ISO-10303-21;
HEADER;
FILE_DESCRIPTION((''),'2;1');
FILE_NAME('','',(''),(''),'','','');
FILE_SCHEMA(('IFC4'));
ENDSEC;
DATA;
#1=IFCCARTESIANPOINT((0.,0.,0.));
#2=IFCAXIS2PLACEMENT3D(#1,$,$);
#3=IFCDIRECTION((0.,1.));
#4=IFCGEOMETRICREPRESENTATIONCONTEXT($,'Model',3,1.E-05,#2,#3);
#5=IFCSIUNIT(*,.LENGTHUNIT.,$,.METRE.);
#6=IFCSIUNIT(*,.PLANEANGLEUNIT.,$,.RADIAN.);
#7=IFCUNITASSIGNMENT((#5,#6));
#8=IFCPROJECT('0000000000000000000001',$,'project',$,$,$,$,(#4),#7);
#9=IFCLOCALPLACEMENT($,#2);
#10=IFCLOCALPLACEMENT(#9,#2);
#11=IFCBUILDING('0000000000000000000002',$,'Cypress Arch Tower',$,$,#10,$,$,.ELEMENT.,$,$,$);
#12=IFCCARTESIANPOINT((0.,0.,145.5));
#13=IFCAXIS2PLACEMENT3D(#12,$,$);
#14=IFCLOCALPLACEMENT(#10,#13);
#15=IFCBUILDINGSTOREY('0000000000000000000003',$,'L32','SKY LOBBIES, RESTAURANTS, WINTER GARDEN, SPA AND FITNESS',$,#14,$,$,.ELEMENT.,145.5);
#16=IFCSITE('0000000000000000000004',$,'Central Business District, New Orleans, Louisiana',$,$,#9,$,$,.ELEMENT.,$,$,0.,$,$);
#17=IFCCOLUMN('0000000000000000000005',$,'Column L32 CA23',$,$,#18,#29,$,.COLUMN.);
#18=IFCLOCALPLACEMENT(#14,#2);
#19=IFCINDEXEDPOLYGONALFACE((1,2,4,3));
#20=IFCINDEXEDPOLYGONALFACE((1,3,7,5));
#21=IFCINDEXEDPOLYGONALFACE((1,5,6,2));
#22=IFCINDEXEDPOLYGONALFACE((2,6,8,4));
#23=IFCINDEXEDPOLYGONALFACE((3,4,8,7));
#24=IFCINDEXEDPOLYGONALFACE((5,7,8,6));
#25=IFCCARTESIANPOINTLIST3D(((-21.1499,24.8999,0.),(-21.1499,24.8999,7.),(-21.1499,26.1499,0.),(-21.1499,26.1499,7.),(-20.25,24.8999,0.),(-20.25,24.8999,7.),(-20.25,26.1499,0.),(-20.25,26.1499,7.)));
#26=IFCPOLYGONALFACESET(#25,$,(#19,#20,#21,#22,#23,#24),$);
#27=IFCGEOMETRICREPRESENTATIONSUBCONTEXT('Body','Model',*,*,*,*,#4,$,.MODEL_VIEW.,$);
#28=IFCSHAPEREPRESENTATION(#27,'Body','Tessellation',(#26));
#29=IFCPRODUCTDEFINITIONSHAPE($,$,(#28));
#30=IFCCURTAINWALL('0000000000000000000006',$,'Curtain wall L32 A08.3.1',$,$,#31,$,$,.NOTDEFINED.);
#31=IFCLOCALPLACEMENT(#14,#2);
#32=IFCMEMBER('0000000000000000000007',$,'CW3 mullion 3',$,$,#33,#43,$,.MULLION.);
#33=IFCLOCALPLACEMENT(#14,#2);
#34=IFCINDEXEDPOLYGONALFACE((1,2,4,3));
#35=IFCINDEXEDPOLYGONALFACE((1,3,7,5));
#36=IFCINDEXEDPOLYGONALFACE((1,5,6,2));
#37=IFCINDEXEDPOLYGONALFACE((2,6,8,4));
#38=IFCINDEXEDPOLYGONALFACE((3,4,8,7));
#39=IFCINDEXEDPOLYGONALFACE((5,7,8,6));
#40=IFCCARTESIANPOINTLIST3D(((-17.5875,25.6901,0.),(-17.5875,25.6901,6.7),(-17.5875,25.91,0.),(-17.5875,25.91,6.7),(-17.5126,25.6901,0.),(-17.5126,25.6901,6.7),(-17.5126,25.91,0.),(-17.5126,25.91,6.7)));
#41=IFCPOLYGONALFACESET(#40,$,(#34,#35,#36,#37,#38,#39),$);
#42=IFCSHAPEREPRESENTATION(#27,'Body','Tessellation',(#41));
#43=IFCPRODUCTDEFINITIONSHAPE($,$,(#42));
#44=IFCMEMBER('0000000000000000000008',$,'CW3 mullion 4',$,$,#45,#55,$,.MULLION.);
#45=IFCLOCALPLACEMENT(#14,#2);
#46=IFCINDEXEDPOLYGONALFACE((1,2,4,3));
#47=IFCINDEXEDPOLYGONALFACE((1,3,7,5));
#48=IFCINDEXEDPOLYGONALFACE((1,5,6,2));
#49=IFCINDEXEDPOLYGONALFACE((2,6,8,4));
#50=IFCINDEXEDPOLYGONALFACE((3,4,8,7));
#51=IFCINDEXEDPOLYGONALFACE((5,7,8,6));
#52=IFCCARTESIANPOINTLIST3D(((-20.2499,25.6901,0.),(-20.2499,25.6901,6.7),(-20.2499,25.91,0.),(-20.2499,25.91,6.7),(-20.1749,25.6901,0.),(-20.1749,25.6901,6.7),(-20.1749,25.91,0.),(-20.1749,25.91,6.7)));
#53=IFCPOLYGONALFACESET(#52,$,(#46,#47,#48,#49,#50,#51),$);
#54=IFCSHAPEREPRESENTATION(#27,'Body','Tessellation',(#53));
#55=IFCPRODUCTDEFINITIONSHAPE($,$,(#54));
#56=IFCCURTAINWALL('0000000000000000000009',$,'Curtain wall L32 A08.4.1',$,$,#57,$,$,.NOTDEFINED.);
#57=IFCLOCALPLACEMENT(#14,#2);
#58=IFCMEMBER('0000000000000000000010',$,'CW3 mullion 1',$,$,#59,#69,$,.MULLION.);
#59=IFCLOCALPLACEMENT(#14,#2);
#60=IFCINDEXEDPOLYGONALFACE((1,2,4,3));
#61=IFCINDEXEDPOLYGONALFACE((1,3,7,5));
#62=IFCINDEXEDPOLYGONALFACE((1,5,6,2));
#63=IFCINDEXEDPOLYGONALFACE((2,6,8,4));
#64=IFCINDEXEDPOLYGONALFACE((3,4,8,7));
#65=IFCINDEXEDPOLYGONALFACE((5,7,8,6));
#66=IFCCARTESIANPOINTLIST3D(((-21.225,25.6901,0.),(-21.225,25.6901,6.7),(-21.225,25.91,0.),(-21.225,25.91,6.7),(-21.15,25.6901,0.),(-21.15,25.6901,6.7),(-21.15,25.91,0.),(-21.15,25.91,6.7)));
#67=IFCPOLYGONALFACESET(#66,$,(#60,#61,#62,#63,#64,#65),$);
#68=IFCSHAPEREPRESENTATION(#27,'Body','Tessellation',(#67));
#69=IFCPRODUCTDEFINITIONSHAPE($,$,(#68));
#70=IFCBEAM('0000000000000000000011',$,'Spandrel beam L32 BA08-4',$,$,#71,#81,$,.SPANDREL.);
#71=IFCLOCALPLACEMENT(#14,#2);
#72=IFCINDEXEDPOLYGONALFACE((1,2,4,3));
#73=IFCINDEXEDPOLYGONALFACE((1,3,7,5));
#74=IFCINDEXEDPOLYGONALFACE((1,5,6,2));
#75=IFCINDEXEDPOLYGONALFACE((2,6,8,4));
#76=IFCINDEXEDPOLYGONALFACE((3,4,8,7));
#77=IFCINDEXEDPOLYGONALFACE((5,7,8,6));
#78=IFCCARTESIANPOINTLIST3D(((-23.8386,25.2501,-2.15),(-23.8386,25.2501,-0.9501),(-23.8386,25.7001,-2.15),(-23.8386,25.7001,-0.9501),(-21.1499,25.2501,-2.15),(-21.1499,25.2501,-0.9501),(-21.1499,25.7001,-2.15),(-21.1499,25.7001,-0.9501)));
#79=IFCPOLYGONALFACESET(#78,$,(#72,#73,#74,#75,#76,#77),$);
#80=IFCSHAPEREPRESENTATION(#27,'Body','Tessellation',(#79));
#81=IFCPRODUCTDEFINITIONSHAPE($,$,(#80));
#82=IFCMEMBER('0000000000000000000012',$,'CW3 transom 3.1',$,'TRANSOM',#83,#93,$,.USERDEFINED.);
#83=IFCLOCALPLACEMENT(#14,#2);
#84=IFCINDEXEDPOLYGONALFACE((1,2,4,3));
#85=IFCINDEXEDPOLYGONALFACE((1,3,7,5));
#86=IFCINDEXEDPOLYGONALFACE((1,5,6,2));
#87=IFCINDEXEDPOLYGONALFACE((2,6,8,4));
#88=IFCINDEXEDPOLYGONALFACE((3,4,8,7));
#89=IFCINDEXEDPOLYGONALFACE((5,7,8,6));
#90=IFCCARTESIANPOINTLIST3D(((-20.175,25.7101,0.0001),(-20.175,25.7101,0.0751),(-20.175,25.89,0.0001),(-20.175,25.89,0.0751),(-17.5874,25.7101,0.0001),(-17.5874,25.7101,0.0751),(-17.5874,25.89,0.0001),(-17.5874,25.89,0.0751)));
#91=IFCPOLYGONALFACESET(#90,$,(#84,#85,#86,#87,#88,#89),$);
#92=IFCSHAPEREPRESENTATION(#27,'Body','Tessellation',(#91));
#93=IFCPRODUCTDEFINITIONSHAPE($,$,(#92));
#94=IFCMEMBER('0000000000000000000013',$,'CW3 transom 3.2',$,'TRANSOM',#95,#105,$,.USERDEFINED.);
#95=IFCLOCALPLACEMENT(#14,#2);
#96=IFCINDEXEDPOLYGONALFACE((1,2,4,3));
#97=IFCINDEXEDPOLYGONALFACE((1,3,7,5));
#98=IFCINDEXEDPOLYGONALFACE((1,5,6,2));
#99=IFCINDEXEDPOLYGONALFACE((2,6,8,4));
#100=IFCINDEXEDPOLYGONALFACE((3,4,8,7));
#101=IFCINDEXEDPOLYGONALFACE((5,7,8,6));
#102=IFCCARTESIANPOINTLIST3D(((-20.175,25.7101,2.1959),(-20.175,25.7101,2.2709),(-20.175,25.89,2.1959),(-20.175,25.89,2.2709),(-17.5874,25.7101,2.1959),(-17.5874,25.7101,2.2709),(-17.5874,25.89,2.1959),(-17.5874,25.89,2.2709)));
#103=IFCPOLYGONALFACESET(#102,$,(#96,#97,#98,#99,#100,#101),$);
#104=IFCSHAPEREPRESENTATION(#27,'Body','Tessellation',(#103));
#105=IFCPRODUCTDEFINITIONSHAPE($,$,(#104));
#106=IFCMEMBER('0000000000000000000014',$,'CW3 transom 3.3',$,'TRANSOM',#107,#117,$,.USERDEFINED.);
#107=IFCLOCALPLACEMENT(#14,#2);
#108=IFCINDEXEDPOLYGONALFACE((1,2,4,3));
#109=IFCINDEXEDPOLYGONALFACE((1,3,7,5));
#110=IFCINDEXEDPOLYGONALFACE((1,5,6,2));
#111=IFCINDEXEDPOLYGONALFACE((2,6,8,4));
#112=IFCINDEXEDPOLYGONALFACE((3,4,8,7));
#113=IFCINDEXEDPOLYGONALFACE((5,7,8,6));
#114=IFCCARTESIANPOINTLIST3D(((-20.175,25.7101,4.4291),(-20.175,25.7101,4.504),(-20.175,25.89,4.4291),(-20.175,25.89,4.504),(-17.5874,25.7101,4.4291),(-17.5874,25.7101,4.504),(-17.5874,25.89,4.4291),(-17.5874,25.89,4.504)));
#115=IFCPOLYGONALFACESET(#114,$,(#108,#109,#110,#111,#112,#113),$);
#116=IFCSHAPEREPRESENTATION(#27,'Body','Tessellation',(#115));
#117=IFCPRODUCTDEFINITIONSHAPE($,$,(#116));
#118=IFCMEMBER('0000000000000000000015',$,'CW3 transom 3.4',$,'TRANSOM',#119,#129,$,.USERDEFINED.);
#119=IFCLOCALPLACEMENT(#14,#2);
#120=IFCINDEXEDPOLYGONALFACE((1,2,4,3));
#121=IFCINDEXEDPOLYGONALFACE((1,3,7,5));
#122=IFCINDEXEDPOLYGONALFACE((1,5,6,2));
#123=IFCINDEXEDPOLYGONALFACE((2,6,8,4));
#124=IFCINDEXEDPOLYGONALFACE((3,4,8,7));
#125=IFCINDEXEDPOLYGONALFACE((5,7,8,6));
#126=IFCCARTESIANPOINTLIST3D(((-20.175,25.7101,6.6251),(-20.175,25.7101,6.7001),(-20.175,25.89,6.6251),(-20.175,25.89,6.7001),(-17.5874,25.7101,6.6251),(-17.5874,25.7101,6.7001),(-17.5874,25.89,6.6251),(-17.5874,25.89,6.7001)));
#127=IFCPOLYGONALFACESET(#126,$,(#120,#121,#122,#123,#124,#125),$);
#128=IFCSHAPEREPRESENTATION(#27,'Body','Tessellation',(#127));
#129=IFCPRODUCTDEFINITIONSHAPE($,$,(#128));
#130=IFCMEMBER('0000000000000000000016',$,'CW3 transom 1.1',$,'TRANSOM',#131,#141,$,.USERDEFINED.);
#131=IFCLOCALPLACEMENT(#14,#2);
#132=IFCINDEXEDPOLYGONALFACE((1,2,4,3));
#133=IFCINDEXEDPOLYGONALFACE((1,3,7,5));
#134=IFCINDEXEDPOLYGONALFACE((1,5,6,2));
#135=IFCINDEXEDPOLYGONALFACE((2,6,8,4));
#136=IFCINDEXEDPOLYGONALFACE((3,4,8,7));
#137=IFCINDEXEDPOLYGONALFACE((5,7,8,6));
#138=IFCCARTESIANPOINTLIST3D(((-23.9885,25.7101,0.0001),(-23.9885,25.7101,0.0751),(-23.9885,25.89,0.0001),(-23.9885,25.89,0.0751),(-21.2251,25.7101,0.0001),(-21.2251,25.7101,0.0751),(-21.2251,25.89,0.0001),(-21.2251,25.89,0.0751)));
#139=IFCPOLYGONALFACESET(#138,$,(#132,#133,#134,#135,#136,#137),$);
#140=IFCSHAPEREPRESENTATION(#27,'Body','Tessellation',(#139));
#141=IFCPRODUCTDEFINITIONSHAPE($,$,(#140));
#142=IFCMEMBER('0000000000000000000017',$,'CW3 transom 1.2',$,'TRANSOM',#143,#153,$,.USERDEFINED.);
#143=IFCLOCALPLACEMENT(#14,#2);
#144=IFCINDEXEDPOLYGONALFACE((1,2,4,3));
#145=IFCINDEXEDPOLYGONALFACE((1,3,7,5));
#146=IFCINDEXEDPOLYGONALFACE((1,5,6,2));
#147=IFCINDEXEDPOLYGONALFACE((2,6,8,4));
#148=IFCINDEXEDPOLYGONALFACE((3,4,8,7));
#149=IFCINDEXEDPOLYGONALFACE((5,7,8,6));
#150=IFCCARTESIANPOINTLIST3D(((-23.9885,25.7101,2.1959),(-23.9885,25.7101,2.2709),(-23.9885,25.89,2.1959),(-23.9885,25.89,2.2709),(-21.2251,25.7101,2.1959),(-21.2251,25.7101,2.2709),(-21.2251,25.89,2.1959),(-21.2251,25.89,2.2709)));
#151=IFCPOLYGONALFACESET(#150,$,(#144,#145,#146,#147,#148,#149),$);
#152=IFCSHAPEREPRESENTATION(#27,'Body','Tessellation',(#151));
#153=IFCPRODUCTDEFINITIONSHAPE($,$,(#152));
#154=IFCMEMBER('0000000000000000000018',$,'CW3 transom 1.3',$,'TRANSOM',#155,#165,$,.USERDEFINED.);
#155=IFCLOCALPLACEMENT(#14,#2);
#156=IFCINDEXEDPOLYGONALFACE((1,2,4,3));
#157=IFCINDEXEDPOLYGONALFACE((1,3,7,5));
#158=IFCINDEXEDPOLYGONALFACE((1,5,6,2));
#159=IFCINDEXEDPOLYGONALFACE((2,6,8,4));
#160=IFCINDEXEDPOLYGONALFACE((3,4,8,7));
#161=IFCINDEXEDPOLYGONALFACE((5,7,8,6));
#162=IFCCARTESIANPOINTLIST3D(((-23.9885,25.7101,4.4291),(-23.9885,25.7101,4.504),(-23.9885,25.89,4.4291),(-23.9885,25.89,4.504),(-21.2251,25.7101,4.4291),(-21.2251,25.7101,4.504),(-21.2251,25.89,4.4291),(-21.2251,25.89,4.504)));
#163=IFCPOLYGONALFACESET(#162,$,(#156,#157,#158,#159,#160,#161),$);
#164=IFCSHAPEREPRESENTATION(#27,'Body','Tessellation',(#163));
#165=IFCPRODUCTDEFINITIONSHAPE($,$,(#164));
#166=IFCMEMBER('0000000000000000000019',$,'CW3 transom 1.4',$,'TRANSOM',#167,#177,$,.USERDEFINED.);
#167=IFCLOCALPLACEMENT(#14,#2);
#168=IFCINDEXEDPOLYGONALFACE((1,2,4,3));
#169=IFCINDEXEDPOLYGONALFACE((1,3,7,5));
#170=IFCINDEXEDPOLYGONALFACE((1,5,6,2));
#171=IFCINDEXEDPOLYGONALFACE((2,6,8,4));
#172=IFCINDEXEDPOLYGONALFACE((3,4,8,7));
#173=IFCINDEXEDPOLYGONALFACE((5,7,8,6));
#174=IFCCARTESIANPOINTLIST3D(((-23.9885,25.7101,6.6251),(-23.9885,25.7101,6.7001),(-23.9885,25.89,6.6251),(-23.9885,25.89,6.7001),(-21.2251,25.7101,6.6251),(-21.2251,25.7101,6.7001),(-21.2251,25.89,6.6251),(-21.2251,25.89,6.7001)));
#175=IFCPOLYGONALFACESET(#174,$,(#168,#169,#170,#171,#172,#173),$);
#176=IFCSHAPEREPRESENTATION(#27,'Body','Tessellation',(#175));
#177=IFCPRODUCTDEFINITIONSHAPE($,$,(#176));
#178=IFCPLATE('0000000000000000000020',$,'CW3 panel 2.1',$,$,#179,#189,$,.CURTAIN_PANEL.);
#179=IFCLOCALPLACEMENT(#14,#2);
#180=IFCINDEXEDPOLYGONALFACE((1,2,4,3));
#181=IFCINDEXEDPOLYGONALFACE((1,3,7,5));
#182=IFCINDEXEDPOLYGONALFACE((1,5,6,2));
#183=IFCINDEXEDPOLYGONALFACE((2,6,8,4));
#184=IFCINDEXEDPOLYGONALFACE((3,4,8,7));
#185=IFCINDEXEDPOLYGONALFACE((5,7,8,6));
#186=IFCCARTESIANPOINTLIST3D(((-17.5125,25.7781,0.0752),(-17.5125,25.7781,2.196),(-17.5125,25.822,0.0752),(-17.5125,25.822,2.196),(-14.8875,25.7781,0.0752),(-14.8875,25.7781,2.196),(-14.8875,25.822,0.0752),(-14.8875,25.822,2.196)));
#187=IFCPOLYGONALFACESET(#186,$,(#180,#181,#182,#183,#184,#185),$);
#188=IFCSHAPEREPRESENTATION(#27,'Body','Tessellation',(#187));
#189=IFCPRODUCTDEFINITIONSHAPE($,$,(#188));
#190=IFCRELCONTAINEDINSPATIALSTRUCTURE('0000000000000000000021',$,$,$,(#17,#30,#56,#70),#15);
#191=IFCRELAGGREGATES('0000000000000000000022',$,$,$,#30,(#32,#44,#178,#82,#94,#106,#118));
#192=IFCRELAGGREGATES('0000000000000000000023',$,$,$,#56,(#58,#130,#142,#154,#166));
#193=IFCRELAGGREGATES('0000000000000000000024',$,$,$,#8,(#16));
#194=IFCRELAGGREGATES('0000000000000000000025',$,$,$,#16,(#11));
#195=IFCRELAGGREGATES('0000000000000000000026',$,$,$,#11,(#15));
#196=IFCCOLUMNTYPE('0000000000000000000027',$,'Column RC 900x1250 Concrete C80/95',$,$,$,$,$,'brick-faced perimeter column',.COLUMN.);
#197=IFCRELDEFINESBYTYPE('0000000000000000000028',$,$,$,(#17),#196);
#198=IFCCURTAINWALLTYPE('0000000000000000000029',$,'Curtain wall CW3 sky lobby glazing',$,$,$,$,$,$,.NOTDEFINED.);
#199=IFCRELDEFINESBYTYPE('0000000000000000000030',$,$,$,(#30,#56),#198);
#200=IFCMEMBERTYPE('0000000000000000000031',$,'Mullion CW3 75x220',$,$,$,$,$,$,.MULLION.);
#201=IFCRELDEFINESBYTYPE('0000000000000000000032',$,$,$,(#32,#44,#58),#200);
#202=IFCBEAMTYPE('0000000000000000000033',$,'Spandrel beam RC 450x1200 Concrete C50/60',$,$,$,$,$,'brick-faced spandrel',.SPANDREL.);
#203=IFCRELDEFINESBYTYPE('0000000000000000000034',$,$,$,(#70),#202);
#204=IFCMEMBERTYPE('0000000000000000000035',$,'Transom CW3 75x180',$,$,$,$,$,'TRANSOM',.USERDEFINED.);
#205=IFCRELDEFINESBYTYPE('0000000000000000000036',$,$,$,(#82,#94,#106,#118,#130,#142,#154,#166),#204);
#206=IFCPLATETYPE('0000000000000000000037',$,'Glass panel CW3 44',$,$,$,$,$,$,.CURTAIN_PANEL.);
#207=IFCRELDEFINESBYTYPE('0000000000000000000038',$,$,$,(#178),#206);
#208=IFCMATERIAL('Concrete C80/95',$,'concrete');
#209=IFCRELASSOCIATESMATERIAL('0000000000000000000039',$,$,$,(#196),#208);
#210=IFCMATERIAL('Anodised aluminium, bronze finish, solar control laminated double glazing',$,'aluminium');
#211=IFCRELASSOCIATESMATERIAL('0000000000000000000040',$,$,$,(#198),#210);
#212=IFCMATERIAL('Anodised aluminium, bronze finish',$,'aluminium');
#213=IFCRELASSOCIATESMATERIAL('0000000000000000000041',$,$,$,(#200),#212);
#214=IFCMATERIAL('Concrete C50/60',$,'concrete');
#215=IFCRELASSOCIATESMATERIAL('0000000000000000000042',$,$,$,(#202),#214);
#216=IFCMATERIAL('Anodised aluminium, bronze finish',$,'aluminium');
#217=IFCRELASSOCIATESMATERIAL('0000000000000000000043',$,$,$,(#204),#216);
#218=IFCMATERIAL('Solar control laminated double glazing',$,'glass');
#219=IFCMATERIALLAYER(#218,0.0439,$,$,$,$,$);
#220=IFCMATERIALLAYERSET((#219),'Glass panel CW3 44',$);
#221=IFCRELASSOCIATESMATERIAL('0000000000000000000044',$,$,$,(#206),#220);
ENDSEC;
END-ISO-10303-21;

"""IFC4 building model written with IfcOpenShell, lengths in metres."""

from ifc_helpers import new_model, si_unit, direction, frame, origin, origin_2d, place, context, subcontext, project, spatial, rectangle, extrude, material, layer, layer_set, material_profile, profile_set, type_object, element, aggregate, save


model = new_model("IFC4")

# Units and contexts
model_context = context("Model", 3, precision=1e-05, world=origin(), true_north=direction((0.0, 1.0)))
body_context = subcontext(model_context, "Body", "Model", "MODEL_VIEW")
ifc_project = project(units=[si_unit("LENGTHUNIT", "METRE"), si_unit("PLANEANGLEUNIT", "RADIAN")], contexts=[model_context])

# Site, building, storey
site_placement = place(None, origin())
site = spatial("IfcSite", under=ifc_project, at=site_placement, Name="Central Business District, New Orleans, Louisiana", CompositionType="ELEMENT", RefElevation=0.0)
building_placement = place(site_placement, origin())
building = spatial("IfcBuilding", under=site, at=building_placement, Name="Cypress Arch Tower", CompositionType="ELEMENT")
storey_placement = place(building_placement, frame((0.0, 0.0, 145.5)))
storey = spatial("IfcBuildingStorey", under=building, at=storey_placement, Name="L32", Description="SKY LOBBIES, RESTAURANTS, WINTER GARDEN, SPA AND FITNESS", CompositionType="ELEMENT", Elevation=145.5)

# Column
ifc_material_1 = material(Name="Concrete C80/95", Category="concrete")
ifc_material_profile_1 = material_profile(ifc_material_1, rectangle(XDim=0.8999, YDim=1.25, at=origin_2d()), Name="RC 900x1250")
ifc_profile_set_1 = profile_set([ifc_material_profile_1], Name="Concrete C80/95")
column_type = type_object("IfcColumnType", Name="Column RC 900x1250 Concrete C80/95", ElementType="brick-faced perimeter column", PredefinedType="COLUMN", material=ifc_profile_set_1)
column_placement = place(storey_placement, frame((-20.7, 25.5249, 0.0), z_axis=(0.0, 0.0, 1.0), x_axis=(-1.0, 0.0, 0.0)))
element("IfcColumn", 1, at=column_placement, inside=storey, type_object=column_type, Name="Column L32 CA23", PredefinedType="COLUMN", context=body_context, shape_type="SweptSolid", body=[
    extrude(rectangle(XDim=0.8999, YDim=1.25, at=origin_2d()), origin(), (0.0, 0.0, 1.0), 7.0),
])

# Curtain wall, members
ifc_material_2 = material(Name="Anodised aluminium, bronze finish, solar control laminated double glazing", Category="aluminium")
curtain_wall_type = type_object("IfcCurtainWallType", Name="Curtain wall CW3 sky lobby glazing", PredefinedType="NOTDEFINED", material=ifc_material_2)
curtain_wall_1_placement = place(storey_placement, origin())
curtain_wall_1 = element("IfcCurtainWall", 2, at=curtain_wall_1_placement, inside=storey, type_object=curtain_wall_type, Name="Curtain wall L32 A08.3.1", PredefinedType="NOTDEFINED")
ifc_material_3 = material(Name="Anodised aluminium, bronze finish", Category="aluminium")
ifc_material_profile_2 = material_profile(ifc_material_3, rectangle(XDim=0.22, YDim=0.075, at=origin_2d()), Name="Mullion 75x220")
ifc_profile_set_2 = profile_set([ifc_material_profile_2], Name="Anodised aluminium, bronze finish")
member_type_1 = type_object("IfcMemberType", Name="Mullion CW3 75x220", PredefinedType="MULLION", material=ifc_profile_set_2)
member_1_placement = place(storey_placement, frame((-17.55, 25.8, 0.0), z_axis=(0.0, 0.0, 1.0), x_axis=(0.0, -1.0, 0.0)))
member_1 = element("IfcMember", 3, at=member_1_placement, type_object=member_type_1, Name="CW3 mullion 3", PredefinedType="MULLION", context=body_context, shape_type="SweptSolid", body=[
    extrude(rectangle(XDim=0.22, YDim=0.075, at=origin_2d()), origin(), (0.0, 0.0, 1.0), 6.7),
])
member_2_placement = place(storey_placement, frame((-20.2124, 25.8, 0.0), z_axis=(0.0, 0.0, 1.0), x_axis=(0.0, -1.0, 0.0)))
member_2 = element("IfcMember", 4, at=member_2_placement, type_object=member_type_1, Name="CW3 mullion 4", PredefinedType="MULLION", context=body_context, shape_type="SweptSolid", body=[
    extrude(rectangle(XDim=0.22, YDim=0.075, at=origin_2d()), origin(), (0.0, 0.0, 1.0), 6.7),
])

# Curtain wall, member
curtain_wall_2_placement = place(storey_placement, origin())
curtain_wall_2 = element("IfcCurtainWall", 5, at=curtain_wall_2_placement, inside=storey, type_object=curtain_wall_type, Name="Curtain wall L32 A08.4.1", PredefinedType="NOTDEFINED")
member_3_placement = place(storey_placement, frame((-21.1875, 25.8, 0.0), z_axis=(0.0, 0.0, 1.0), x_axis=(0.0, -1.0, 0.0)))
member_3 = element("IfcMember", 6, at=member_3_placement, type_object=member_type_1, Name="CW3 mullion 1", PredefinedType="MULLION", context=body_context, shape_type="SweptSolid", body=[
    extrude(rectangle(XDim=0.22, YDim=0.075, at=origin_2d()), origin(), (0.0, 0.0, 1.0), 6.7),
])

# Beam
ifc_material_4 = material(Name="Concrete C50/60", Category="concrete")
ifc_material_profile_3 = material_profile(ifc_material_4, rectangle(XDim=0.45, YDim=1.2, at=origin_2d()), Name="RC 450x1200")
ifc_profile_set_3 = profile_set([ifc_material_profile_3], Name="Concrete C50/60")
beam_type = type_object("IfcBeamType", Name="Spandrel beam RC 450x1200 Concrete C50/60", ElementType="brick-faced spandrel", PredefinedType="SPANDREL", material=ifc_profile_set_3)
beam_placement = place(storey_placement, frame((-21.1499, 25.4751, -1.55), z_axis=(-1.0, 0.0, 0.0), x_axis=(0.0, -1.0, 0.0)))
element("IfcBeam", 7, at=beam_placement, inside=storey, type_object=beam_type, Name="Spandrel beam L32 BA08-4", PredefinedType="SPANDREL", context=body_context, shape_type="SweptSolid", body=[
    extrude(rectangle(XDim=0.45, YDim=1.2, at=origin_2d()), origin(), (0.0, 0.0, 1.0), 2.6887),
])

# Members
ifc_material_5 = material(Name="Anodised aluminium, bronze finish", Category="aluminium")
ifc_material_profile_4 = material_profile(ifc_material_5, rectangle(XDim=0.1799, YDim=0.075, at=origin_2d()), Name="Transom 75x180")
ifc_profile_set_4 = profile_set([ifc_material_profile_4], Name="Anodised aluminium, bronze finish")
member_type_2 = type_object("IfcMemberType", Name="Transom CW3 75x180", ElementType="TRANSOM", PredefinedType="USERDEFINED", material=ifc_profile_set_4)
member_4_placement = place(storey_placement, frame((-17.5874, 25.8, 0.0376), z_axis=(-1.0, 0.0, 0.0), x_axis=(0.0, -1.0, 0.0)))
member_4 = element("IfcMember", 8, at=member_4_placement, type_object=member_type_2, Name="CW3 transom 3.1", ObjectType="TRANSOM", PredefinedType="USERDEFINED", context=body_context, shape_type="SweptSolid", body=[
    extrude(rectangle(XDim=0.1799, YDim=0.075, at=origin_2d()), origin(), (0.0, 0.0, 1.0), 2.5876),
])
member_5_placement = place(storey_placement, frame((-17.5874, 25.8, 2.2334), z_axis=(-1.0, 0.0, 0.0), x_axis=(0.0, -1.0, 0.0)))
member_5 = element("IfcMember", 9, at=member_5_placement, type_object=member_type_2, Name="CW3 transom 3.2", ObjectType="TRANSOM", PredefinedType="USERDEFINED", context=body_context, shape_type="SweptSolid", body=[
    extrude(rectangle(XDim=0.1799, YDim=0.075, at=origin_2d()), origin(), (0.0, 0.0, 1.0), 2.5876),
])
member_6_placement = place(storey_placement, frame((-17.5874, 25.8, 4.4666), z_axis=(-1.0, 0.0, 0.0), x_axis=(0.0, -1.0, 0.0)))
member_6 = element("IfcMember", 10, at=member_6_placement, type_object=member_type_2, Name="CW3 transom 3.3", ObjectType="TRANSOM", PredefinedType="USERDEFINED", context=body_context, shape_type="SweptSolid", body=[
    extrude(rectangle(XDim=0.1799, YDim=0.075, at=origin_2d()), origin(), (0.0, 0.0, 1.0), 2.5876),
])
member_7_placement = place(storey_placement, frame((-17.5874, 25.8, 6.6626), z_axis=(-1.0, 0.0, 0.0), x_axis=(0.0, -1.0, 0.0)))
member_7 = element("IfcMember", 11, at=member_7_placement, type_object=member_type_2, Name="CW3 transom 3.4", ObjectType="TRANSOM", PredefinedType="USERDEFINED", context=body_context, shape_type="SweptSolid", body=[
    extrude(rectangle(XDim=0.1799, YDim=0.075, at=origin_2d()), origin(), (0.0, 0.0, 1.0), 2.5876),
])
member_8_placement = place(storey_placement, frame((-21.2251, 25.8, 0.0376), z_axis=(-1.0, 0.0, 0.0), x_axis=(0.0, -1.0, 0.0)))
member_8 = element("IfcMember", 12, at=member_8_placement, type_object=member_type_2, Name="CW3 transom 1.1", ObjectType="TRANSOM", PredefinedType="USERDEFINED", context=body_context, shape_type="SweptSolid", body=[
    extrude(rectangle(XDim=0.1799, YDim=0.075, at=origin_2d()), origin(), (0.0, 0.0, 1.0), 2.7634),
])
member_9_placement = place(storey_placement, frame((-21.2251, 25.8, 2.2334), z_axis=(-1.0, 0.0, 0.0), x_axis=(0.0, -1.0, 0.0)))
member_9 = element("IfcMember", 13, at=member_9_placement, type_object=member_type_2, Name="CW3 transom 1.2", ObjectType="TRANSOM", PredefinedType="USERDEFINED", context=body_context, shape_type="SweptSolid", body=[
    extrude(rectangle(XDim=0.1799, YDim=0.075, at=origin_2d()), origin(), (0.0, 0.0, 1.0), 2.7634),
])
member_10_placement = place(storey_placement, frame((-21.2251, 25.8, 4.4666), z_axis=(-1.0, 0.0, 0.0), x_axis=(0.0, -1.0, 0.0)))
member_10 = element("IfcMember", 14, at=member_10_placement, type_object=member_type_2, Name="CW3 transom 1.3", ObjectType="TRANSOM", PredefinedType="USERDEFINED", context=body_context, shape_type="SweptSolid", body=[
    extrude(rectangle(XDim=0.1799, YDim=0.075, at=origin_2d()), origin(), (0.0, 0.0, 1.0), 2.7634),
])
member_11_placement = place(storey_placement, frame((-21.2251, 25.8, 6.6626), z_axis=(-1.0, 0.0, 0.0), x_axis=(0.0, -1.0, 0.0)))
member_11 = element("IfcMember", 15, at=member_11_placement, type_object=member_type_2, Name="CW3 transom 1.4", ObjectType="TRANSOM", PredefinedType="USERDEFINED", context=body_context, shape_type="SweptSolid", body=[
    extrude(rectangle(XDim=0.1799, YDim=0.075, at=origin_2d()), origin(), (0.0, 0.0, 1.0), 2.7634),
])

# Plate
ifc_material_6 = material(Name="Solar control laminated double glazing", Category="glass")
ifc_layer = layer(ifc_material_6, 0.0439)
ifc_layer_set = layer_set([ifc_layer], Name="Glass panel CW3 44")
plate_type = type_object("IfcPlateType", Name="Glass panel CW3 44", PredefinedType="CURTAIN_PANEL", material=ifc_layer_set)
plate_1_placement = place(storey_placement, frame((-16.2, 25.8, 0.0752), z_axis=(0.0, 0.0, 1.0), x_axis=(-1.0, 0.0, 0.0)))
plate_1 = element("IfcPlate", 16, at=plate_1_placement, type_object=plate_type, Name="CW3 panel 2.1", PredefinedType="CURTAIN_PANEL", context=body_context, shape_type="SweptSolid", body=[
    extrude(rectangle(XDim=2.625, YDim=0.0439, at=origin_2d()), origin(), (0.0, 0.0, 1.0), 2.1208),
])
aggregate(curtain_wall_1, [member_1, member_2, plate_1, member_4, member_5, member_6, member_7])
aggregate(curtain_wall_2, [member_3, member_8, member_9, member_10, member_11])

save(model, "model.ifc")
